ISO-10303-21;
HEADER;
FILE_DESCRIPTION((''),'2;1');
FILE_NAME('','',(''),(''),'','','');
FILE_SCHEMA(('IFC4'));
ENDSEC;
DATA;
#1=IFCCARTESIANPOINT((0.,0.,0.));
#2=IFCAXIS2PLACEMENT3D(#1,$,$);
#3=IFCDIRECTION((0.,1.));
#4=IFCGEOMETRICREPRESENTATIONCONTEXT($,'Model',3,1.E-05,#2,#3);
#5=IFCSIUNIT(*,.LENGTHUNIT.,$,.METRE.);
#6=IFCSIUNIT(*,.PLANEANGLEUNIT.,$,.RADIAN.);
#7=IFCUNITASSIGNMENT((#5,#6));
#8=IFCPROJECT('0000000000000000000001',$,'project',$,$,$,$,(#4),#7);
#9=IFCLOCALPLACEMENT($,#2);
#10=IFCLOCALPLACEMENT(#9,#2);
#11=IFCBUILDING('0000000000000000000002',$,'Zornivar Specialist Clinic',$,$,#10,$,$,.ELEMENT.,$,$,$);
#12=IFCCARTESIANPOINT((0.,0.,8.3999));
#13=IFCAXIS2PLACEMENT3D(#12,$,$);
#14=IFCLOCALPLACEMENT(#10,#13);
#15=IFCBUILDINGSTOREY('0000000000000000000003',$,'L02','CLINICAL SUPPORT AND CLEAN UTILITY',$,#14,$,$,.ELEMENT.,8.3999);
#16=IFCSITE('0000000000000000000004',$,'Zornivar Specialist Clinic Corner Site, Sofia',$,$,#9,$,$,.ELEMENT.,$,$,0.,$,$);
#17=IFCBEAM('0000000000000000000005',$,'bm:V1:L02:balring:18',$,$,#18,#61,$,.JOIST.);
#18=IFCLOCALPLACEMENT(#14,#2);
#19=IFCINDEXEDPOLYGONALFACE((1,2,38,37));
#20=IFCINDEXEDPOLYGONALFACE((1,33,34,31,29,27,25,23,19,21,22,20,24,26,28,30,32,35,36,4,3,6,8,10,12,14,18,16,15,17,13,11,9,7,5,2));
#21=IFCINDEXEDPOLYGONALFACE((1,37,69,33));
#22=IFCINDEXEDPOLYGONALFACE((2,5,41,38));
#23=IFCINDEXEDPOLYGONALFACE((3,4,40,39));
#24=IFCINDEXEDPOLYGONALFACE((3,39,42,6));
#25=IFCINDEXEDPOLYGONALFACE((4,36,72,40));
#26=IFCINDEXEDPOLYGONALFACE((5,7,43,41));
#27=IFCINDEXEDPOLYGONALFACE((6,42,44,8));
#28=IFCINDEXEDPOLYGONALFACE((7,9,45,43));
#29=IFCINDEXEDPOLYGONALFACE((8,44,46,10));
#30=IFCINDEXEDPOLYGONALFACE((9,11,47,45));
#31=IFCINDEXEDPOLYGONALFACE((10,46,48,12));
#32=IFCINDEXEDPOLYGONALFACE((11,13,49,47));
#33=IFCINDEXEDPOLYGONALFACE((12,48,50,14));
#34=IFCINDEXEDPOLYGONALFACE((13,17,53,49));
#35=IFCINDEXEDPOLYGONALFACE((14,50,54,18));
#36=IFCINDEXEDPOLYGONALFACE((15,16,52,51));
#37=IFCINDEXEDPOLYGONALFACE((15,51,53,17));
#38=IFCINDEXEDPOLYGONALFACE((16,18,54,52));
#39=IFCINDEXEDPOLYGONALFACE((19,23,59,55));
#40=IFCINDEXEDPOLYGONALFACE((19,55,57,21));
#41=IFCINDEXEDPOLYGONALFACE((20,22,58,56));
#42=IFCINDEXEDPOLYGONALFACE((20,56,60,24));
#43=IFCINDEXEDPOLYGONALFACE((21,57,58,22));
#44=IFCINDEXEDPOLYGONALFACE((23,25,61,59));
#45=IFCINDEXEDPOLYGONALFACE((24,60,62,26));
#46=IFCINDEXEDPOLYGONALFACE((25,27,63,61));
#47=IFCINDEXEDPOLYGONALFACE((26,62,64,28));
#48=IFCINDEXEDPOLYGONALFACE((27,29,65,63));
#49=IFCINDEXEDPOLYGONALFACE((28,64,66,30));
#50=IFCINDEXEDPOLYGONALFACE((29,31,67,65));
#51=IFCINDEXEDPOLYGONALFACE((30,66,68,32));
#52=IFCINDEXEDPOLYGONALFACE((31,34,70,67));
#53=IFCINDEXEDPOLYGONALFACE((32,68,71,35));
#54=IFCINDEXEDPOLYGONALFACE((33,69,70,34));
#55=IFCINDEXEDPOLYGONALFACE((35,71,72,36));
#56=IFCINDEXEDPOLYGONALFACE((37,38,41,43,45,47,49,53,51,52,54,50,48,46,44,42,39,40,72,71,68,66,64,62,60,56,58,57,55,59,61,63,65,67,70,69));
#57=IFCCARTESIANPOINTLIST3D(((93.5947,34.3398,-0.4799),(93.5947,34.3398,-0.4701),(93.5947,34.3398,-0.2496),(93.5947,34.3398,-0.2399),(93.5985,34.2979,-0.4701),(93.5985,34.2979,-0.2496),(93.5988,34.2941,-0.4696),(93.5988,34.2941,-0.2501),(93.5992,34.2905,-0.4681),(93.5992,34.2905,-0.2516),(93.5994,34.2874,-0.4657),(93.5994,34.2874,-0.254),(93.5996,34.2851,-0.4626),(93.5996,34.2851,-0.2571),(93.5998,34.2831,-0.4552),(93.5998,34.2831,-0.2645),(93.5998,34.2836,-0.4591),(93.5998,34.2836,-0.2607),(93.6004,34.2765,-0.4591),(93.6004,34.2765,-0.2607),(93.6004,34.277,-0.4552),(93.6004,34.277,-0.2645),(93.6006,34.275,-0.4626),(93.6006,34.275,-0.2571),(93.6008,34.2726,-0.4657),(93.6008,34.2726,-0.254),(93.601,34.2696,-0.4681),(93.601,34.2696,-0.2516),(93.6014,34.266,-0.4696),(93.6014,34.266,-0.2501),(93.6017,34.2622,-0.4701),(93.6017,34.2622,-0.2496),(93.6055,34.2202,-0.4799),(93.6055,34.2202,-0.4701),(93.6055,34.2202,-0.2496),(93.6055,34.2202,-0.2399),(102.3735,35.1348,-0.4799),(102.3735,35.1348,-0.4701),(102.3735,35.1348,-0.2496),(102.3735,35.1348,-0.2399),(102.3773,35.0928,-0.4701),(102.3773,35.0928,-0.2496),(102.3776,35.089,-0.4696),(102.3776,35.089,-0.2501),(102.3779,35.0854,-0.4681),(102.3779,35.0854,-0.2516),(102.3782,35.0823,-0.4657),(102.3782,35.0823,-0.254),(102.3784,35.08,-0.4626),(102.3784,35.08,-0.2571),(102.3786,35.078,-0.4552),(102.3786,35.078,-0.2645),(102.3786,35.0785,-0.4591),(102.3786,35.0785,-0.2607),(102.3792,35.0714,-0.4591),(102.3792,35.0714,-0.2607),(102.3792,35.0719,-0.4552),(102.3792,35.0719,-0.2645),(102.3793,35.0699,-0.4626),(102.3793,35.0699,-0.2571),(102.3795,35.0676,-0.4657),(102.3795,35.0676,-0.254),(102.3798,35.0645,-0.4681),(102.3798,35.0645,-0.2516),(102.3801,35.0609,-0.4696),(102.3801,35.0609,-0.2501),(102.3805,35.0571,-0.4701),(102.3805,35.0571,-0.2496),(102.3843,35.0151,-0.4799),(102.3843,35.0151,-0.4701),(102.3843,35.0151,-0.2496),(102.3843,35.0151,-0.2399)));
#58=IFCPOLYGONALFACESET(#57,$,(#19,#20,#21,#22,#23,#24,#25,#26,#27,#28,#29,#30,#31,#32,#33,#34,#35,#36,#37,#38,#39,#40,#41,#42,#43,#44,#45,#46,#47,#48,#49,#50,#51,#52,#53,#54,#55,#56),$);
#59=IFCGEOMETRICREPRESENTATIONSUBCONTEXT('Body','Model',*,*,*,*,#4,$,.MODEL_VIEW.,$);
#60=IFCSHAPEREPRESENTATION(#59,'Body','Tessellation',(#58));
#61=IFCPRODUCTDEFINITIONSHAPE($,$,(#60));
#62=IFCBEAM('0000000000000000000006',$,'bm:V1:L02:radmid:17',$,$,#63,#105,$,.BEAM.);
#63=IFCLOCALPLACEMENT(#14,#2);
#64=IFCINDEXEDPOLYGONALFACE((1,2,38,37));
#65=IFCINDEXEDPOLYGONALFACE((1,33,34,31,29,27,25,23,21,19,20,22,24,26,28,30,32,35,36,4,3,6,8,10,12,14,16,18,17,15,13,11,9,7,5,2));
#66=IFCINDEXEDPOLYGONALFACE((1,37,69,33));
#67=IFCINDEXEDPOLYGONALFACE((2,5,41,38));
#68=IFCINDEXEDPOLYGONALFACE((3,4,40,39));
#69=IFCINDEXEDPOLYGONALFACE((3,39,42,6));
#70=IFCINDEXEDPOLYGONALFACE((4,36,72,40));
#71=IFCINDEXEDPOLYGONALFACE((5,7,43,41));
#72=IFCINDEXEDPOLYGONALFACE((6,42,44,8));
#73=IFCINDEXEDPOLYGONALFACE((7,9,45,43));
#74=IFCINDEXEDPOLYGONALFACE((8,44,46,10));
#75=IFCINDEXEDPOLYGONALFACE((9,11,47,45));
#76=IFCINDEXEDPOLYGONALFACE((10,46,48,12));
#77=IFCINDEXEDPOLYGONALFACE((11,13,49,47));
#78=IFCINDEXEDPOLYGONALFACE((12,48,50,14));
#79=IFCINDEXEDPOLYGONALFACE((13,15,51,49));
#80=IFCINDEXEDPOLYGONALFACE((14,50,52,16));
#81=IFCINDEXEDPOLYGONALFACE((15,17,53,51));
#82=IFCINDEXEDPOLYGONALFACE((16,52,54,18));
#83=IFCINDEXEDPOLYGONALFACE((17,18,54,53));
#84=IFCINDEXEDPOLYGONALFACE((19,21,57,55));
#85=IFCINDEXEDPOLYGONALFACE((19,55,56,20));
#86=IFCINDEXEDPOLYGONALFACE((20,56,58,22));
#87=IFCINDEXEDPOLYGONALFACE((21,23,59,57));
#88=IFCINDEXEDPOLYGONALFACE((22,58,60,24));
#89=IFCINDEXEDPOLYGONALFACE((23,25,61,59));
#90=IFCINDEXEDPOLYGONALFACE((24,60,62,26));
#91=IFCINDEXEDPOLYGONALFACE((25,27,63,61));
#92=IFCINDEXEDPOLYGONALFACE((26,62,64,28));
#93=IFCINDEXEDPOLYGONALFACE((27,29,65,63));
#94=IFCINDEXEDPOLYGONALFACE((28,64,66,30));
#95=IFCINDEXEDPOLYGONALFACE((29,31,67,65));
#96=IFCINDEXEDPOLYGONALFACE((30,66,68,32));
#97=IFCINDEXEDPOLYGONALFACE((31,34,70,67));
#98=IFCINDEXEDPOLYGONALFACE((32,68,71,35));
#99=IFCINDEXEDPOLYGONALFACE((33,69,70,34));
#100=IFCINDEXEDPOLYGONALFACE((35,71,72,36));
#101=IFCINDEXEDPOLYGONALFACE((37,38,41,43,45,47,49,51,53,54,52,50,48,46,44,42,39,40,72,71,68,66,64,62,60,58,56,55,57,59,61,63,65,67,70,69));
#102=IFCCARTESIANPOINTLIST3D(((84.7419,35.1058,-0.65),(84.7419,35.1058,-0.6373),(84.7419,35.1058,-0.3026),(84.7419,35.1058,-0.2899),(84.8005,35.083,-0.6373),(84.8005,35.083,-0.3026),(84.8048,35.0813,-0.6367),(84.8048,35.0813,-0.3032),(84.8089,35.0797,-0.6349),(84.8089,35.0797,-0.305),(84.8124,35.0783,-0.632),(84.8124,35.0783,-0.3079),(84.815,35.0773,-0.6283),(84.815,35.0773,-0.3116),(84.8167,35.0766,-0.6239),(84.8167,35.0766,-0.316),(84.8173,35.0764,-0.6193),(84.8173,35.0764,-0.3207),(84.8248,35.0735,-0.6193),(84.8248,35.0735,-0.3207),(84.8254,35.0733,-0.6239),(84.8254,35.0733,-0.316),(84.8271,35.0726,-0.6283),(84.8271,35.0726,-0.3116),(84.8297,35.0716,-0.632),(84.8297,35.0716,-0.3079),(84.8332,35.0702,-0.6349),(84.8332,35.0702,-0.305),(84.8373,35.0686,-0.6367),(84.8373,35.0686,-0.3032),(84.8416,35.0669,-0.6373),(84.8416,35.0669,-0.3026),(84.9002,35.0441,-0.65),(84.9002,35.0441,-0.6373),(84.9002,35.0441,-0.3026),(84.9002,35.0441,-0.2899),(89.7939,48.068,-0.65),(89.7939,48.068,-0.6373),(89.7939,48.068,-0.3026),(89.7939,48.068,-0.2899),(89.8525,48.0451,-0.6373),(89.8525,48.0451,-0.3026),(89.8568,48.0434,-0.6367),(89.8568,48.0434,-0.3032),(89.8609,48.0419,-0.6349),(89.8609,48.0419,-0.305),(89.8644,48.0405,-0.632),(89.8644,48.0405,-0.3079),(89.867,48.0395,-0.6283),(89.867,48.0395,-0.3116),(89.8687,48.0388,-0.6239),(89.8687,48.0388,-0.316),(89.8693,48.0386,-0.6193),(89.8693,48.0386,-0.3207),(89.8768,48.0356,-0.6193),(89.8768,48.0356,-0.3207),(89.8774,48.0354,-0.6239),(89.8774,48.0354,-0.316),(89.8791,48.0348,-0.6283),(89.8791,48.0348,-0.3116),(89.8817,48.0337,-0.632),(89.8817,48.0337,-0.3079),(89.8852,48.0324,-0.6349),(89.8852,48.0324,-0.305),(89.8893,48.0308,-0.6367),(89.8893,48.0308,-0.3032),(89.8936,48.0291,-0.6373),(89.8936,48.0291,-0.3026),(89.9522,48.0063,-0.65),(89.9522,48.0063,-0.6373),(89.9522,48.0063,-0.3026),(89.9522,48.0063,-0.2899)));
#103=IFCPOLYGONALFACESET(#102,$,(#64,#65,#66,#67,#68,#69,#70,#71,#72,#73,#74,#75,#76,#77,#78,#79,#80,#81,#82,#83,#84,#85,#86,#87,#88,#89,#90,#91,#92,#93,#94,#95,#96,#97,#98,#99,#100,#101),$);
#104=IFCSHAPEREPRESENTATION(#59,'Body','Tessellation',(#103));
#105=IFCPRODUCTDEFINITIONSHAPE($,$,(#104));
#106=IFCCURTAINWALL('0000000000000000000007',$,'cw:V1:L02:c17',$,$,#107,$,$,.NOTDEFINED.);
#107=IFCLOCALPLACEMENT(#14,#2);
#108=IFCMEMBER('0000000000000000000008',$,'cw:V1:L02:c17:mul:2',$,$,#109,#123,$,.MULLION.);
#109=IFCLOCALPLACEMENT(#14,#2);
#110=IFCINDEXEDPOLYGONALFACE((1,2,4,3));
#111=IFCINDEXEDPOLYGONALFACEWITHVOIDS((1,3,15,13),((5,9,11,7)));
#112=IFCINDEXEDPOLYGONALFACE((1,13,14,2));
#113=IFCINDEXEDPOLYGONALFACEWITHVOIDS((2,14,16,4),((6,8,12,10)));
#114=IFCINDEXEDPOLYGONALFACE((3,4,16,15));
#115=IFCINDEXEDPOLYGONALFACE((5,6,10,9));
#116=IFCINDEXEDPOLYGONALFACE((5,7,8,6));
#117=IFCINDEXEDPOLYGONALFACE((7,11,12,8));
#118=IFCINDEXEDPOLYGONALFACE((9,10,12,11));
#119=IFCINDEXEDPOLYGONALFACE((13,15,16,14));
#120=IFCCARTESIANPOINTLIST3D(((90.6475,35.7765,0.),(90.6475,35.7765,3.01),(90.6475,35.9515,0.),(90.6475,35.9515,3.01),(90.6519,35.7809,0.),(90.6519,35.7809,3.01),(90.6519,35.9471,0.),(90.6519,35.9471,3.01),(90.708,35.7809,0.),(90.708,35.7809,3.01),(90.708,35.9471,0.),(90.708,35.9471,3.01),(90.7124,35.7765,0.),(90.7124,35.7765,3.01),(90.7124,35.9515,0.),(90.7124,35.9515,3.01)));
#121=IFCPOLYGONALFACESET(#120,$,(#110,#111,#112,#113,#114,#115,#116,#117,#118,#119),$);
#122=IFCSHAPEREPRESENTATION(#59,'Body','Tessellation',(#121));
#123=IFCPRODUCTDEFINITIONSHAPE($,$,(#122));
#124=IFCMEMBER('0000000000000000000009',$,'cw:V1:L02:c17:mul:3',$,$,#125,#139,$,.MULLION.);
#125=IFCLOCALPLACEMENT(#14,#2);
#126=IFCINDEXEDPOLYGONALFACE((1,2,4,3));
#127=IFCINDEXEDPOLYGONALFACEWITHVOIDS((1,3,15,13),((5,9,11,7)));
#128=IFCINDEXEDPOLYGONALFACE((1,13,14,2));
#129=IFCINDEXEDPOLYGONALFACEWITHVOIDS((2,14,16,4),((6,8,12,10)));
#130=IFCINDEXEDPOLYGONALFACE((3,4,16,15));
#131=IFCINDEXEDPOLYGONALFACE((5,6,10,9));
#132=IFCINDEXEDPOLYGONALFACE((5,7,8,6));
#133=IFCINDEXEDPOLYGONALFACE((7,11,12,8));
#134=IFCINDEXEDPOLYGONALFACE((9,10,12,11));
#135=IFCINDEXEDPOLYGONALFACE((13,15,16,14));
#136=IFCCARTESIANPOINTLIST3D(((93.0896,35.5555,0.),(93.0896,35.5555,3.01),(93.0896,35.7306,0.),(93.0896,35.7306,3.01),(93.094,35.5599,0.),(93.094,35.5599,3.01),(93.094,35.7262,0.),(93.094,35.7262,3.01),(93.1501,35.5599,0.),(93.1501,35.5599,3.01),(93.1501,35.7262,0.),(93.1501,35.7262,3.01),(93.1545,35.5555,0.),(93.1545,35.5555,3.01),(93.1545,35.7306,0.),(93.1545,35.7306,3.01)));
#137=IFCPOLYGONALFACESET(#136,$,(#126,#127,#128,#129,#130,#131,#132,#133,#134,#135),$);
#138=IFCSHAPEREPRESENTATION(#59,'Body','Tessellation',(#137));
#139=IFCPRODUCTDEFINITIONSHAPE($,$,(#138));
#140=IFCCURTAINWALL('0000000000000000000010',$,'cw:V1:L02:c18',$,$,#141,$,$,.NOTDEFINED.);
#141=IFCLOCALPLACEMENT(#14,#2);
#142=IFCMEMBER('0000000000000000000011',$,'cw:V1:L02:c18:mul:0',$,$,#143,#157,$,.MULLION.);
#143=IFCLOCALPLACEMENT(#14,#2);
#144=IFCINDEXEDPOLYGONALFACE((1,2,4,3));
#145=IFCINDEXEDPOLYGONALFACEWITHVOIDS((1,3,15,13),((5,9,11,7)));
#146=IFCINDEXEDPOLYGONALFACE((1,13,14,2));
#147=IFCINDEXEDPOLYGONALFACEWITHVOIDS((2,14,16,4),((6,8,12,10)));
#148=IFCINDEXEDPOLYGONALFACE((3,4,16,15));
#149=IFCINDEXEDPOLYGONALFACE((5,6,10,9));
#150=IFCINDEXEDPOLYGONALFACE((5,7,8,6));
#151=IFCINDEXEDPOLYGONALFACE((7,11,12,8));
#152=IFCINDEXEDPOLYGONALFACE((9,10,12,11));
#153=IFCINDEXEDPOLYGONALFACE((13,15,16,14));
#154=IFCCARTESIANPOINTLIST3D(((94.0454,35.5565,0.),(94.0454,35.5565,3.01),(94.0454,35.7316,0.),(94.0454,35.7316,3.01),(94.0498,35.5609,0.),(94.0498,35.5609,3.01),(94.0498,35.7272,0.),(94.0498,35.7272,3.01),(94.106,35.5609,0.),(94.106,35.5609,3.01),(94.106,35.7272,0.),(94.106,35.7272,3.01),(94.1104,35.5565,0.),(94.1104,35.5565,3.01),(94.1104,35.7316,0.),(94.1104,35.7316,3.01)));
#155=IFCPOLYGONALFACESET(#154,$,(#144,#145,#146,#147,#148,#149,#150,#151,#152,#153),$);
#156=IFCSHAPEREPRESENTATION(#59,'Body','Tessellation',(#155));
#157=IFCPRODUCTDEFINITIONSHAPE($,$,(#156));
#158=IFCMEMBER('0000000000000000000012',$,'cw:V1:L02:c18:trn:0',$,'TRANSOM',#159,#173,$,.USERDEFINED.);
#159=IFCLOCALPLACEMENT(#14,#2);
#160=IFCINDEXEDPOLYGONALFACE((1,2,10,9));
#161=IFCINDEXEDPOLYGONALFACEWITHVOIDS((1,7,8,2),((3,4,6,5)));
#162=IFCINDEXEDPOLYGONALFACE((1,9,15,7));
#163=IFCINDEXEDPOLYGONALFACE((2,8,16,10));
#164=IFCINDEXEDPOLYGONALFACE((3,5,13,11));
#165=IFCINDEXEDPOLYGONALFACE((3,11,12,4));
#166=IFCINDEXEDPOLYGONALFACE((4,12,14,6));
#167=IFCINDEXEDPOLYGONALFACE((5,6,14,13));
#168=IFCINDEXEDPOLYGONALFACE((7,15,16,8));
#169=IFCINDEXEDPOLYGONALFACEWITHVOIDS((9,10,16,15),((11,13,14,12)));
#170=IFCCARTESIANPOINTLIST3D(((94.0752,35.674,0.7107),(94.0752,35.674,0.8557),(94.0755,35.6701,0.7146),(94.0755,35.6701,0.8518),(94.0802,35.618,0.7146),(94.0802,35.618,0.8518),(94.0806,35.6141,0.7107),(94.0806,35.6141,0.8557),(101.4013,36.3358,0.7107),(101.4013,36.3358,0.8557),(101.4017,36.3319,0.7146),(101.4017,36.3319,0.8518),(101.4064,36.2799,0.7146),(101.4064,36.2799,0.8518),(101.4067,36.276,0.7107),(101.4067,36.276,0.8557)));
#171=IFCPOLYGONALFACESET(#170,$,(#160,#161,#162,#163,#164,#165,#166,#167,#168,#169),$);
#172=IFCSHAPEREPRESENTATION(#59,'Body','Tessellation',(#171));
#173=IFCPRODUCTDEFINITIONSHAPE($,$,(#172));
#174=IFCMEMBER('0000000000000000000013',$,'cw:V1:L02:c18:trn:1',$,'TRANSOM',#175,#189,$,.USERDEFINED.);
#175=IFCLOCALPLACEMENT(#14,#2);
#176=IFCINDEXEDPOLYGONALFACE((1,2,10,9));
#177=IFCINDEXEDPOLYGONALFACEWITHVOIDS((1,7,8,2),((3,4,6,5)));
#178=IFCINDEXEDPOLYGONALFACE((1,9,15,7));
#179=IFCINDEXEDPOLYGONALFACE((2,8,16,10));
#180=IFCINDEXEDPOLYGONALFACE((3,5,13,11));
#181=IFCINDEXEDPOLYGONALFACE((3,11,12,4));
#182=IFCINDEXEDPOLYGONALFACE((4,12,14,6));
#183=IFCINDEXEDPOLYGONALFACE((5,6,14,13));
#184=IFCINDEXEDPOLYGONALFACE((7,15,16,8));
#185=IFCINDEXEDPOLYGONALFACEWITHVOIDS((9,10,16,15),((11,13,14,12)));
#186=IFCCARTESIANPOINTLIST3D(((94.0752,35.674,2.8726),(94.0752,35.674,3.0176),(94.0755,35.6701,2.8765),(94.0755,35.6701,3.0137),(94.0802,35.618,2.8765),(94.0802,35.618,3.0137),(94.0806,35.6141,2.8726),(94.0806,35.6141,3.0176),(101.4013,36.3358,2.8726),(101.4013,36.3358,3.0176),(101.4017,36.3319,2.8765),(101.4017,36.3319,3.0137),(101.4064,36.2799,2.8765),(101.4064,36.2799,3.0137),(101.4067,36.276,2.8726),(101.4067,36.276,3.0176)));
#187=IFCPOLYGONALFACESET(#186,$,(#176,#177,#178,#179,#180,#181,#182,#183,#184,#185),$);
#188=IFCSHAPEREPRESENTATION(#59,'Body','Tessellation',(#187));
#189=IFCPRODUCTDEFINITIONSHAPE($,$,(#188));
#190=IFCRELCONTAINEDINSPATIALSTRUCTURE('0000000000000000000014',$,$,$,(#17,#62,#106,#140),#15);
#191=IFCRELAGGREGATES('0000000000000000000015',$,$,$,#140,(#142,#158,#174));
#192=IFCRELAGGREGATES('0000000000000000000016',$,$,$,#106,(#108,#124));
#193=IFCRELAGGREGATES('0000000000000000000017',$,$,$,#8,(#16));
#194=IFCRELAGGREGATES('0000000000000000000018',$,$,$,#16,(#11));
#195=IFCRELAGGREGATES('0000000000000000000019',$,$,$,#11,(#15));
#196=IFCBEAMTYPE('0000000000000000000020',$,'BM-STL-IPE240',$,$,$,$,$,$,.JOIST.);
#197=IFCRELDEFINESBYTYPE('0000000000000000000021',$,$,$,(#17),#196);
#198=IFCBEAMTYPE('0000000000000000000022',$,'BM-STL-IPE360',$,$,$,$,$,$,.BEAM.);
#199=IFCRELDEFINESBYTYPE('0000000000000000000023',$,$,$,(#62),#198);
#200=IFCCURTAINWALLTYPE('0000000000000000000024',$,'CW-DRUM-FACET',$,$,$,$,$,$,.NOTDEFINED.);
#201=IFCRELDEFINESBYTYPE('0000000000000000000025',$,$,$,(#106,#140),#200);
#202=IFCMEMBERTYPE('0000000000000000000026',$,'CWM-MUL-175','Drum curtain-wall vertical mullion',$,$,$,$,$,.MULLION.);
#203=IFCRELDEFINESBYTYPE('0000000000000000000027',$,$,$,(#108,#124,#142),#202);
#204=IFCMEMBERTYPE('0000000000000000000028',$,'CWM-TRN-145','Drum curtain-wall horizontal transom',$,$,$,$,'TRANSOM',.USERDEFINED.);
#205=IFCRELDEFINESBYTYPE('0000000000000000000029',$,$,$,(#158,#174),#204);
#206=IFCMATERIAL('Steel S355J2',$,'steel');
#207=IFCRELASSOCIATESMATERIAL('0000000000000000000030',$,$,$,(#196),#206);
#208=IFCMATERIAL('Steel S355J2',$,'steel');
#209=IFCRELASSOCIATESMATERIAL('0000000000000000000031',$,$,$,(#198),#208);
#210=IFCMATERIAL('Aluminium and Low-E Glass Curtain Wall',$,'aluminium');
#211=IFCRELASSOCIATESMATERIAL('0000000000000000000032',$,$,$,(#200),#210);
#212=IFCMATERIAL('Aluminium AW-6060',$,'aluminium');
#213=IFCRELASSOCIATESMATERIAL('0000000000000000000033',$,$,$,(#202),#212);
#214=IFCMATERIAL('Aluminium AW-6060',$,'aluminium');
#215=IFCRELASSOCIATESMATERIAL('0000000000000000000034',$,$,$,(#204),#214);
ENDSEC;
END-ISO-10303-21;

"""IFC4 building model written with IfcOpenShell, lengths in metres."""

from ifc_helpers import new_model, si_unit, direction, frame, origin, origin_2d, place, context, subcontext, project, spatial, hollow_rectangle, i_section, extrude, material, material_profile, profile_set, type_object, element, aggregate, save


model = new_model("IFC4")

# Units and contexts
model_context = context("Model", 3, precision=1e-05, world=origin(), true_north=direction((0.0, 1.0)))
body_context = subcontext(model_context, "Body", "Model", "MODEL_VIEW")
ifc_project = project(units=[si_unit("LENGTHUNIT", "METRE"), si_unit("PLANEANGLEUNIT", "RADIAN")], contexts=[model_context])

# Site, building, storey
site_placement = place(None, origin())
site = spatial("IfcSite", under=ifc_project, at=site_placement, Name="Zornivar Specialist Clinic Corner Site, Sofia", CompositionType="ELEMENT", RefElevation=0.0)
building_placement = place(site_placement, origin())
building = spatial("IfcBuilding", under=site, at=building_placement, Name="Zornivar Specialist Clinic", CompositionType="ELEMENT")
storey_placement = place(building_placement, frame((0.0, 0.0, 8.3999)))
storey = spatial("IfcBuildingStorey", under=building, at=storey_placement, Name="L02", Description="CLINICAL SUPPORT AND CLEAN UTILITY", CompositionType="ELEMENT", Elevation=8.3999)

# Beams
ifc_material_1 = material(Name="Steel S355J2", Category="steel")
ifc_material_profile_1 = material_profile(ifc_material_1, i_section(OverallWidth=0.1201, OverallDepth=0.24, WebThickness=0.0061, FlangeThickness=0.0098, FilletRadius=0.0149, at=origin_2d()), Name="IPE 240")
ifc_profile_set_1 = profile_set([ifc_material_profile_1], Name="Steel S355J2")
beam_type_1 = type_object("IfcBeamType", Name="BM-STL-IPE240", PredefinedType="JOIST", material=ifc_profile_set_1)
beam_1_placement = place(storey_placement, frame((93.6001, 34.28, -0.3599), z_axis=(0.995925, 0.090181, 0.0), x_axis=(-0.090181, 0.995925, 0.0)))
element("IfcBeam", 1, at=beam_1_placement, inside=storey, type_object=beam_type_1, Name="bm:V1:L02:balring:18", PredefinedType="JOIST", context=body_context, shape_type="SweptSolid", body=[
    extrude(i_section(OverallWidth=0.1201, OverallDepth=0.24, WebThickness=0.0061, FlangeThickness=0.0098, FilletRadius=0.0149, at=origin_2d()), origin(), (0.0, 0.0, 1.0), 8.8147),
])
ifc_material_2 = material(Name="Steel S355J2", Category="steel")
ifc_material_profile_2 = material_profile(ifc_material_2, i_section(OverallWidth=0.1699, OverallDepth=0.3601, WebThickness=0.0081, FlangeThickness=0.0127, FilletRadius=0.0181, at=origin_2d()), Name="IPE 360")
ifc_profile_set_2 = profile_set([ifc_material_profile_2], Name="Steel S355J2")
beam_type_2 = type_object("IfcBeamType", Name="BM-STL-IPE360", PredefinedType="BEAM", material=ifc_profile_set_2)
beam_2_placement = place(storey_placement, frame((89.873, 48.0371, -0.47), z_axis=(-0.363143, -0.931733, 0.0), x_axis=(0.931733, -0.363143, 0.0)))
element("IfcBeam", 2, at=beam_2_placement, inside=storey, type_object=beam_type_2, Name="bm:V1:L02:radmid:17", PredefinedType="BEAM", context=body_context, shape_type="SweptSolid", body=[
    extrude(i_section(OverallWidth=0.1699, OverallDepth=0.3601, WebThickness=0.0081, FlangeThickness=0.0127, FilletRadius=0.0181, at=origin_2d()), origin(), (0.0, 0.0, 1.0), 13.9119),
])

# Curtain walls, members
ifc_material_3 = material(Name="Aluminium and Low-E Glass Curtain Wall", Category="aluminium")
curtain_wall_type = type_object("IfcCurtainWallType", Name="CW-DRUM-FACET", PredefinedType="NOTDEFINED", material=ifc_material_3)
curtain_wall_1_placement = place(storey_placement, origin())
curtain_wall_1 = element("IfcCurtainWall", 3, at=curtain_wall_1_placement, inside=storey, type_object=curtain_wall_type, Name="cw:V1:L02:c17", PredefinedType="NOTDEFINED")
ifc_material_4 = material(Name="Aluminium AW-6060", Category="aluminium")
ifc_material_profile_3 = material_profile(ifc_material_4, hollow_rectangle(XDim=0.0649, YDim=0.175, WallThickness=0.0044, at=origin_2d()), Name="ALU 65x175x4.5")
ifc_profile_set_3 = profile_set([ifc_material_profile_3], Name="Aluminium AW-6060")
member_type_1 = type_object("IfcMemberType", Name="CWM-MUL-175", Description="Drum curtain-wall vertical mullion", PredefinedType="MULLION", material=ifc_profile_set_3)
member_1_placement = place(storey_placement, frame((90.6799, 35.864, 0.0), z_axis=(0.0, 0.0, 1.0), x_axis=(1.0, 0.0, 0.0)))
member_1 = element("IfcMember", 4, at=member_1_placement, type_object=member_type_1, Name="cw:V1:L02:c17:mul:2", PredefinedType="MULLION", context=body_context, shape_type="SweptSolid", body=[
    extrude(hollow_rectangle(XDim=0.0649, YDim=0.175, WallThickness=0.0044, at=origin_2d()), origin(), (0.0, 0.0, 1.0), 3.01),
])
member_2_placement = place(storey_placement, frame((93.1221, 35.6431, 0.0), z_axis=(0.0, 0.0, 1.0), x_axis=(1.0, 0.0, 0.0)))
member_2 = element("IfcMember", 5, at=member_2_placement, type_object=member_type_1, Name="cw:V1:L02:c17:mul:3", PredefinedType="MULLION", context=body_context, shape_type="SweptSolid", body=[
    extrude(hollow_rectangle(XDim=0.0649, YDim=0.175, WallThickness=0.0044, at=origin_2d()), origin(), (0.0, 0.0, 1.0), 3.01),
])
curtain_wall_2_placement = place(storey_placement, origin())
curtain_wall_2 = element("IfcCurtainWall", 6, at=curtain_wall_2_placement, inside=storey, type_object=curtain_wall_type, Name="cw:V1:L02:c18", PredefinedType="NOTDEFINED")
member_3_placement = place(storey_placement, frame((94.0779, 35.644, 0.0), z_axis=(0.0, 0.0, 1.0), x_axis=(1.0, 0.0, 0.0)))
member_3 = element("IfcMember", 7, at=member_3_placement, type_object=member_type_1, Name="cw:V1:L02:c18:mul:0", PredefinedType="MULLION", context=body_context, shape_type="SweptSolid", body=[
    extrude(hollow_rectangle(XDim=0.0649, YDim=0.175, WallThickness=0.0044, at=origin_2d()), origin(), (0.0, 0.0, 1.0), 3.01),
])
ifc_material_5 = material(Name="Aluminium AW-6060", Category="aluminium")
ifc_material_profile_4 = material_profile(ifc_material_5, hollow_rectangle(XDim=0.0601, YDim=0.145, WallThickness=0.0039, at=origin_2d()), Name="ALU 60x145x4")
ifc_profile_set_4 = profile_set([ifc_material_profile_4], Name="Aluminium AW-6060")
member_type_2 = type_object("IfcMemberType", Name="CWM-TRN-145", Description="Drum curtain-wall horizontal transom", ElementType="TRANSOM", PredefinedType="USERDEFINED", material=ifc_profile_set_4)
member_4_placement = place(storey_placement, frame((94.0779, 35.644, 0.7832), z_axis=(0.995944, 0.089976, 0.0), x_axis=(-0.089976, 0.995944, 0.0)))
member_4 = element("IfcMember", 8, at=member_4_placement, type_object=member_type_2, Name="cw:V1:L02:c18:trn:0", ObjectType="TRANSOM", PredefinedType="USERDEFINED", context=body_context, shape_type="SweptSolid", body=[
    extrude(hollow_rectangle(XDim=0.0601, YDim=0.145, WallThickness=0.0039, at=origin_2d()), origin(), (0.0, 0.0, 1.0), 7.356),
])
member_5_placement = place(storey_placement, frame((94.0779, 35.644, 2.9451), z_axis=(0.995944, 0.089976, 0.0), x_axis=(-0.089976, 0.995944, 0.0)))
member_5 = element("IfcMember", 9, at=member_5_placement, type_object=member_type_2, Name="cw:V1:L02:c18:trn:1", ObjectType="TRANSOM", PredefinedType="USERDEFINED", context=body_context, shape_type="SweptSolid", body=[
    extrude(hollow_rectangle(XDim=0.0601, YDim=0.145, WallThickness=0.0039, at=origin_2d()), origin(), (0.0, 0.0, 1.0), 7.356),
])

aggregate(curtain_wall_2, [member_3, member_4, member_5])
aggregate(curtain_wall_1, [member_1, member_2])

save(model, "model.ifc")
